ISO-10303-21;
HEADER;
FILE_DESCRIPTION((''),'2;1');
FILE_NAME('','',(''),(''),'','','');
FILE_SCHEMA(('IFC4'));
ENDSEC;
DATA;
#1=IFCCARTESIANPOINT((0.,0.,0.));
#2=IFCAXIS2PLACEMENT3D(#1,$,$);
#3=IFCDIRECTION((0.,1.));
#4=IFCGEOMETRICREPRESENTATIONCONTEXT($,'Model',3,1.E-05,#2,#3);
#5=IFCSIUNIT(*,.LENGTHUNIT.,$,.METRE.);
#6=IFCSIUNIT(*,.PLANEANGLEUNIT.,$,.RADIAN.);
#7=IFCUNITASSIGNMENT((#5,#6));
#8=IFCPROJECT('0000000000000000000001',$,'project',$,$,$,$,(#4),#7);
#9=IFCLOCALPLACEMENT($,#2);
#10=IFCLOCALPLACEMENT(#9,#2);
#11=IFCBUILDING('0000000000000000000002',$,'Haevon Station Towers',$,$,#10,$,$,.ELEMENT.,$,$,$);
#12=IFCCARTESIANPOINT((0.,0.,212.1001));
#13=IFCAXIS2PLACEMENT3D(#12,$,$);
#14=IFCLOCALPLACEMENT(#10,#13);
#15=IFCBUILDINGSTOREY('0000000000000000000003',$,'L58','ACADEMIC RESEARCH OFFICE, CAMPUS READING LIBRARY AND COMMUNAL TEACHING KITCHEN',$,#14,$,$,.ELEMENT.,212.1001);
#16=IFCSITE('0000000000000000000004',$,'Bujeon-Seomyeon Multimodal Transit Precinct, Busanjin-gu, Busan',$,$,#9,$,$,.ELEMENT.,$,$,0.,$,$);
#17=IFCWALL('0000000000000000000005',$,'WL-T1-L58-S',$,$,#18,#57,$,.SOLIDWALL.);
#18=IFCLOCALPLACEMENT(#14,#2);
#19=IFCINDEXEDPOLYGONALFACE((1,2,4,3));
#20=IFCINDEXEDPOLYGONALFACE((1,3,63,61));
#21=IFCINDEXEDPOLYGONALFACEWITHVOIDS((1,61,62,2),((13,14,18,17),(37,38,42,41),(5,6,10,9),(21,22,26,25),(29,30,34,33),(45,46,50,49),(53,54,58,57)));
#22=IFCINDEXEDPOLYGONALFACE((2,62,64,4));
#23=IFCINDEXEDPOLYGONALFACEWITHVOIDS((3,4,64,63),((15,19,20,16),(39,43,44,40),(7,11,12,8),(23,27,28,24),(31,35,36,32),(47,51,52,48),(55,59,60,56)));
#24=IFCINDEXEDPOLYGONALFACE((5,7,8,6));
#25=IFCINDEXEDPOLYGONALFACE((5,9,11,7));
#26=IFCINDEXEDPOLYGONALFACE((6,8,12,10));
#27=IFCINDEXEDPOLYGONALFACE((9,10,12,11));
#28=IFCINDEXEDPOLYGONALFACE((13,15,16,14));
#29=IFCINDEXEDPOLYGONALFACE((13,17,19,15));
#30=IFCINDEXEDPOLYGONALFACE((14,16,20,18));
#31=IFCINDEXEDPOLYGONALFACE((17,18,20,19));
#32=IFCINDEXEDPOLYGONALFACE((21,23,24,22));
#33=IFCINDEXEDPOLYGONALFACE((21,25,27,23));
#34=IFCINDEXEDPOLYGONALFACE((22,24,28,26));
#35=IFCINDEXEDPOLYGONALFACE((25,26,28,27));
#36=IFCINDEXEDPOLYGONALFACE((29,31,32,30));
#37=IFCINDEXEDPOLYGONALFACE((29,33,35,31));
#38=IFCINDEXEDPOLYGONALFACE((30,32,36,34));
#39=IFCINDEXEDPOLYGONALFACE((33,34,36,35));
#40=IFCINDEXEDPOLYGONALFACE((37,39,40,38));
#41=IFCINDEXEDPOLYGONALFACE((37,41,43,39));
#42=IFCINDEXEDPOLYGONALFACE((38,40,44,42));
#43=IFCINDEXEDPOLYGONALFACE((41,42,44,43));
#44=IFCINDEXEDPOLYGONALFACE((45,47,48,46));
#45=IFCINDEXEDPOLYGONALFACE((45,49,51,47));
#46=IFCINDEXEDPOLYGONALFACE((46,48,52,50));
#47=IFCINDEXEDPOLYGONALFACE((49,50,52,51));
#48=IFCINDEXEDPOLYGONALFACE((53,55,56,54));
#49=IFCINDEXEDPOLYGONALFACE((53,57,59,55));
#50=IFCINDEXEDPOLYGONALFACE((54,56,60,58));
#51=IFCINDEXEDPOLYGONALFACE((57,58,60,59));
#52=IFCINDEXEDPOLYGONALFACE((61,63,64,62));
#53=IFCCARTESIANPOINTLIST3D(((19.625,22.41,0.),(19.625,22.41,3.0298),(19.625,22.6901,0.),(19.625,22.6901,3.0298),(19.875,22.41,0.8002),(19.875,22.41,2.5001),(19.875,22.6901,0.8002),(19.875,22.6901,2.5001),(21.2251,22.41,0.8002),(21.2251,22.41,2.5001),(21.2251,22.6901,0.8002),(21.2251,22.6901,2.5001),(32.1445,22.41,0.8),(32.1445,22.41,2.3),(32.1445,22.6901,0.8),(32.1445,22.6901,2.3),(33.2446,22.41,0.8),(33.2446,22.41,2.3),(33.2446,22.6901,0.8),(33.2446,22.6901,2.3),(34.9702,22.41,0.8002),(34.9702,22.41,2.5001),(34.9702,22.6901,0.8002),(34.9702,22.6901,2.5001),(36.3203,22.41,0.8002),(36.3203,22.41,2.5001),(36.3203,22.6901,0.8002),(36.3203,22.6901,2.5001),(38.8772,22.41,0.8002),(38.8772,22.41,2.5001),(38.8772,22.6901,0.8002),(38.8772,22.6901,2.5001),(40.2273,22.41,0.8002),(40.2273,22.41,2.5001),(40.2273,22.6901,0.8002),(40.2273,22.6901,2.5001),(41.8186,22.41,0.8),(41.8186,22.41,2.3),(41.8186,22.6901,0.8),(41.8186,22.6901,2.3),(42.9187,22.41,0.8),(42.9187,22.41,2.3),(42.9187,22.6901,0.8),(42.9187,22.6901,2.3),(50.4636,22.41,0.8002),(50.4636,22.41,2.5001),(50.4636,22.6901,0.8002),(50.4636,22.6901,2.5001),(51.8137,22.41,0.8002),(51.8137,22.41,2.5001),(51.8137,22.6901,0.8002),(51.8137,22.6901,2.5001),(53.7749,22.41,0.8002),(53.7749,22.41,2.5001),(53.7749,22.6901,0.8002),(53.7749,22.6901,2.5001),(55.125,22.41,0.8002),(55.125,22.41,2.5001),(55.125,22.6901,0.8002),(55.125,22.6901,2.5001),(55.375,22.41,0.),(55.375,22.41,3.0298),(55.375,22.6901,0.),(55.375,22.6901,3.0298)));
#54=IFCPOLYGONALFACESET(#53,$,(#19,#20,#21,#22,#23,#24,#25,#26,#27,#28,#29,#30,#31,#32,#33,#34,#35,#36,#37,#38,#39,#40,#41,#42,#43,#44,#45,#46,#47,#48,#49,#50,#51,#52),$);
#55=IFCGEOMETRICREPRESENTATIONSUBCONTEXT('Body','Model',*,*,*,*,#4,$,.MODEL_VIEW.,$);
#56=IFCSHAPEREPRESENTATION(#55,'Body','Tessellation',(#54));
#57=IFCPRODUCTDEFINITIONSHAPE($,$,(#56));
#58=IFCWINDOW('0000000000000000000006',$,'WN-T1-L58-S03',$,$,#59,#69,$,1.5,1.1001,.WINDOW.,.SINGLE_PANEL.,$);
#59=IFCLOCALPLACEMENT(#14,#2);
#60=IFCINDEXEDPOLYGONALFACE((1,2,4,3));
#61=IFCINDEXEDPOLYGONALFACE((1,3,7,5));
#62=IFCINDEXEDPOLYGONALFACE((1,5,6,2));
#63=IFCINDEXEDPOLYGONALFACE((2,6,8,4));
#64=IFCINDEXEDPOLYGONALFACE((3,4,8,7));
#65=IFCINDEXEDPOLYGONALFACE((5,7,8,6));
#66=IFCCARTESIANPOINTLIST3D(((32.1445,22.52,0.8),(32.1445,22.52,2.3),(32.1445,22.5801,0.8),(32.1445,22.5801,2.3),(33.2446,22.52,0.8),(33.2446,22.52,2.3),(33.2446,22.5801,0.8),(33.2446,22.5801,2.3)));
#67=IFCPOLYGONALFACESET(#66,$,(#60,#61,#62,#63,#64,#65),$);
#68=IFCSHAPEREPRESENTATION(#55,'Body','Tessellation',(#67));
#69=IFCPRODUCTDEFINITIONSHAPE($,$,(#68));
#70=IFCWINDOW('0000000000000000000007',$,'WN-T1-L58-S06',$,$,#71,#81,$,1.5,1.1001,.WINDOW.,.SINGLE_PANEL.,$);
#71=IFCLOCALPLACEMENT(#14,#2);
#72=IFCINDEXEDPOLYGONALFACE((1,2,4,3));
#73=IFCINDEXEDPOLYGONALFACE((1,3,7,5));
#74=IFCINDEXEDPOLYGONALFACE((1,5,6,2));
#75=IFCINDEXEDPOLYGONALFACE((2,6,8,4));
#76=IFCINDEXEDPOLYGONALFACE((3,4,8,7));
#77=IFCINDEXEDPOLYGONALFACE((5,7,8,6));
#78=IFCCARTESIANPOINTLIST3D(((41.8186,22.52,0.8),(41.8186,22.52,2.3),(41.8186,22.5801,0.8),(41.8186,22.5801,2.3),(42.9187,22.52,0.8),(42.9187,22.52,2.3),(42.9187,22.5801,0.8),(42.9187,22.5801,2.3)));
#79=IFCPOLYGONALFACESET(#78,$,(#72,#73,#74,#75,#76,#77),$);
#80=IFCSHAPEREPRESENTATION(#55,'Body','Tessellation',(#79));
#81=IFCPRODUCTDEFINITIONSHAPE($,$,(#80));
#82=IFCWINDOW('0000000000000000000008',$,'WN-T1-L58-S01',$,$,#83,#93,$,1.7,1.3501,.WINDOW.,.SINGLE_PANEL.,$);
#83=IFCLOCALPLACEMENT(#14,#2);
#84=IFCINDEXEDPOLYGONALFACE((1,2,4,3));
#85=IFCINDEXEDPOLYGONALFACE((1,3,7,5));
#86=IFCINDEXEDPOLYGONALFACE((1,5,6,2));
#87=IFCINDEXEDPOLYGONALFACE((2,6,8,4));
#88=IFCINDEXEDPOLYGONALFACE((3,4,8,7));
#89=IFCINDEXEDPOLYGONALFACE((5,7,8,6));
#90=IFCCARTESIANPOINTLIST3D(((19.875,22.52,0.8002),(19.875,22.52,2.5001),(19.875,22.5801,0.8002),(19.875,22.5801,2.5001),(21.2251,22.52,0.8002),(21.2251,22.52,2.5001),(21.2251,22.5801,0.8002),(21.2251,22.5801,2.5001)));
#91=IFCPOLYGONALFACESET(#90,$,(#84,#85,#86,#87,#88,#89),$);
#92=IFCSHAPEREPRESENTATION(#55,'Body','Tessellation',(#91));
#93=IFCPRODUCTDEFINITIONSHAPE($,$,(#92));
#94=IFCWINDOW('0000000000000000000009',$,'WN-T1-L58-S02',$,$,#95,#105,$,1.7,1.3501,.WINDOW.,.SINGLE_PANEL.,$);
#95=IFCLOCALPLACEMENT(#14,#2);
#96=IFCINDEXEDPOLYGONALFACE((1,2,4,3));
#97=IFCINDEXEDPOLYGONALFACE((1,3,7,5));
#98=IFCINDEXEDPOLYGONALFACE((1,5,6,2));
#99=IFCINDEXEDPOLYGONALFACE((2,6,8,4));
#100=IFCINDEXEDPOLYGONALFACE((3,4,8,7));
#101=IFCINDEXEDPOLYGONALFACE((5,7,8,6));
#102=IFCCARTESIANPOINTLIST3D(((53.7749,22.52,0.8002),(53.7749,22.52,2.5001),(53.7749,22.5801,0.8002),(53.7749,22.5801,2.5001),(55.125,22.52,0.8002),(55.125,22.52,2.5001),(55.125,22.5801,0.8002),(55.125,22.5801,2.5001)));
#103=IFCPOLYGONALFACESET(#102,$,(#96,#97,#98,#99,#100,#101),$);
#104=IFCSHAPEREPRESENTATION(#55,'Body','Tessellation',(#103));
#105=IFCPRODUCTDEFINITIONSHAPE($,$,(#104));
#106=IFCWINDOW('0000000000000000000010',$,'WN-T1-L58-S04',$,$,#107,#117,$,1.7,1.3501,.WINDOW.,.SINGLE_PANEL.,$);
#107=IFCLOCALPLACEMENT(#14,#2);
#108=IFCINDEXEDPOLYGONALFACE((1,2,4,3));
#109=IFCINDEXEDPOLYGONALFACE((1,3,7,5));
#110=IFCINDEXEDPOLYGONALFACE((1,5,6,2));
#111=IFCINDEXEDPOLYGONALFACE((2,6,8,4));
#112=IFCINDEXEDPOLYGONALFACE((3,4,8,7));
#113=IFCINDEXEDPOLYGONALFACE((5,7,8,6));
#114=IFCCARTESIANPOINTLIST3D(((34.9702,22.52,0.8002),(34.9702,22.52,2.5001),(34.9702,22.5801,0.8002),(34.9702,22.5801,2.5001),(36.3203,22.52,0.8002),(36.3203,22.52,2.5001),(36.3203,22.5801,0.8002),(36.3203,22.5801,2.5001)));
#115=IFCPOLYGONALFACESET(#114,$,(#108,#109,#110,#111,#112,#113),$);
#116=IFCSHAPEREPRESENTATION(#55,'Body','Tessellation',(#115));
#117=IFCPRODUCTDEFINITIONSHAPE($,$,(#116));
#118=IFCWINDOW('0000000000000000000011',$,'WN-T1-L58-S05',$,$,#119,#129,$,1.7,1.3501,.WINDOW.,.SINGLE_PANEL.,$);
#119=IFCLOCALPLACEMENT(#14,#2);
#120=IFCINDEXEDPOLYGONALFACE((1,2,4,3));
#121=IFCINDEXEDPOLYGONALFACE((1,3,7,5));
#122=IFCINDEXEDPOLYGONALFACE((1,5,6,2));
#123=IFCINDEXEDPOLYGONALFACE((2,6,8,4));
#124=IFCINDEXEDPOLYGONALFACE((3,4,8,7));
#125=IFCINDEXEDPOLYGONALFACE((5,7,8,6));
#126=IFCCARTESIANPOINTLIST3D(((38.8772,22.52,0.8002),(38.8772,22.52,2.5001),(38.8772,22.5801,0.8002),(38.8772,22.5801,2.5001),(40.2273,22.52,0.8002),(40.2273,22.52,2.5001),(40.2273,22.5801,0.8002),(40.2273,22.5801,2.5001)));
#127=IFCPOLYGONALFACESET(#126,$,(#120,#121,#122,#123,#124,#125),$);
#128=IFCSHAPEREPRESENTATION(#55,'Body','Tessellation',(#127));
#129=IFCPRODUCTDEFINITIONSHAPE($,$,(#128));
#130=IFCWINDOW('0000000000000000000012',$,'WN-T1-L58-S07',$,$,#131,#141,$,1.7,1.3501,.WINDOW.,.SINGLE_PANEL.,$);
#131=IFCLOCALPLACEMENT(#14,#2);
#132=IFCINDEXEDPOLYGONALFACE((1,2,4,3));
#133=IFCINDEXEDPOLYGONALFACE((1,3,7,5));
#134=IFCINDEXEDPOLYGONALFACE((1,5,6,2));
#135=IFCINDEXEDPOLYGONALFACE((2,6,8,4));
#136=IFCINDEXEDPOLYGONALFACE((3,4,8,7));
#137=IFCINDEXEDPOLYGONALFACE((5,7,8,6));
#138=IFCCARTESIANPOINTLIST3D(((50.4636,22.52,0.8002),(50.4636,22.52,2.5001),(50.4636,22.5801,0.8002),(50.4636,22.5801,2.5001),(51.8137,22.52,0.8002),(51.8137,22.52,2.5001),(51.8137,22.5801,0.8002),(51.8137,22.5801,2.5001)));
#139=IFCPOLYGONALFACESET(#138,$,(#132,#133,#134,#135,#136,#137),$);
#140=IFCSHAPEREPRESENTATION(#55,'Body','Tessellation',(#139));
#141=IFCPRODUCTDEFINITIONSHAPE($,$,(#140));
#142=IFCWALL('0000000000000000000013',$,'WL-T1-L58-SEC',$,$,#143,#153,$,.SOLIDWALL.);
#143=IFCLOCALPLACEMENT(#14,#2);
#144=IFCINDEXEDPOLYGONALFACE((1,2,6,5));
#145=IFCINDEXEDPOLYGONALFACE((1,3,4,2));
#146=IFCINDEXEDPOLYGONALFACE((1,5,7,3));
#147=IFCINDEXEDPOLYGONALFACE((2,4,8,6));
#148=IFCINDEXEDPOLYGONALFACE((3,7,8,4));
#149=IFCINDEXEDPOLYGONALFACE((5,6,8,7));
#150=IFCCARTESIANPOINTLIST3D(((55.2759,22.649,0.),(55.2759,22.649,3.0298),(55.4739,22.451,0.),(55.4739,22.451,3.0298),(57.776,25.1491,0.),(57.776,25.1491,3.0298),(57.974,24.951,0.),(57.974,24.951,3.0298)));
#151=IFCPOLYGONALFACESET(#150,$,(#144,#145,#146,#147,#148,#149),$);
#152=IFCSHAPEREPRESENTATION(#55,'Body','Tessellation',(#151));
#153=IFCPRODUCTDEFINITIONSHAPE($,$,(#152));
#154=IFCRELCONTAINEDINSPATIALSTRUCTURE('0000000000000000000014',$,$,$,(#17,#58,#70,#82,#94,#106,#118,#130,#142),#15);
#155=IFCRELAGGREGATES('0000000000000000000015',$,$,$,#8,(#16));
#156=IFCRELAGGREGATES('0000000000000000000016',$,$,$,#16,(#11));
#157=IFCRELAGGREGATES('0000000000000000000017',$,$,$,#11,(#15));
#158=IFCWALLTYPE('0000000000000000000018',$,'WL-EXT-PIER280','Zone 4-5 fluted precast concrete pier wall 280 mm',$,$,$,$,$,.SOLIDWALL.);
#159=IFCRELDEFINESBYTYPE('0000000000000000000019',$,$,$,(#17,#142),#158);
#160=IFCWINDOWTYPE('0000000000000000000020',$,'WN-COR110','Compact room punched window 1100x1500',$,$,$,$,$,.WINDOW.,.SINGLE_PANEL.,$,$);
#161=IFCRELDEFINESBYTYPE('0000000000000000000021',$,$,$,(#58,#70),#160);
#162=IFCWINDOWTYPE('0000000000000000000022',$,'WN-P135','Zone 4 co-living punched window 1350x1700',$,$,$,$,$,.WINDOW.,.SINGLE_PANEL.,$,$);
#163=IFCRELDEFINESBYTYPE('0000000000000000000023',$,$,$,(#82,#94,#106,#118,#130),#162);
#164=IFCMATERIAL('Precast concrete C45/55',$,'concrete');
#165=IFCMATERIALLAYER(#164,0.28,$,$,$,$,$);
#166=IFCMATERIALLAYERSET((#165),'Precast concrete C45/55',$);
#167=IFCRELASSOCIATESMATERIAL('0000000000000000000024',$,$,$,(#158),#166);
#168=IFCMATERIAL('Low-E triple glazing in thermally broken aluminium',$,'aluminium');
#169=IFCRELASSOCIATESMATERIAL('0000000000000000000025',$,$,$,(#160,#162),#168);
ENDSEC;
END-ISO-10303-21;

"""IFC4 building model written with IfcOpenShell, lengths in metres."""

from ifc_helpers import new_model, si_unit, direction, frame, frame_2d, origin, place, context, subcontext, project, spatial, rectangle, extrude, material, layer, layer_set, type_object, element, fill, save


model = new_model("IFC4")

# Units and contexts
model_context = context("Model", 3, precision=1e-05, world=origin(), true_north=direction((0.0, 1.0)))
body_context = subcontext(model_context, "Body", "Model", "MODEL_VIEW")
ifc_project = project(units=[si_unit("LENGTHUNIT", "METRE"), si_unit("PLANEANGLEUNIT", "RADIAN")], contexts=[model_context])

# Site, building, storey
site_placement = place(None, origin())
site = spatial("IfcSite", under=ifc_project, at=site_placement, Name="Bujeon-Seomyeon Multimodal Transit Precinct, Busanjin-gu, Busan", CompositionType="ELEMENT", RefElevation=0.0)
building_placement = place(site_placement, origin())
building = spatial("IfcBuilding", under=site, at=building_placement, Name="Haevon Station Towers", CompositionType="ELEMENT")
storey_placement = place(building_placement, frame((0.0, 0.0, 212.1001)))
storey = spatial("IfcBuildingStorey", under=building, at=storey_placement, Name="L58", Description="ACADEMIC RESEARCH OFFICE, CAMPUS READING LIBRARY AND COMMUNAL TEACHING KITCHEN", CompositionType="ELEMENT", Elevation=212.1001)

# Wall, openings, windows
ifc_material_1 = material(Name="Precast concrete C45/55", Category="concrete")
ifc_layer_1 = layer(ifc_material_1, 0.28)
ifc_layer_set_1 = layer_set([ifc_layer_1], Name="Precast concrete C45/55")
wall_type_1 = type_object("IfcWallType", Name="WL-EXT-PIER280", Description="Zone 4-5 fluted precast concrete pier wall 280 mm", PredefinedType="SOLIDWALL", material=ifc_layer_set_1)
wall_1_placement = place(storey_placement, frame((55.375, 22.55, 0.0), z_axis=(0.0, 0.0, 1.0), x_axis=(-1.0, 0.0, 0.0)))
wall_1 = element("IfcWall", 1, at=wall_1_placement, inside=storey, type_object=wall_type_1, Name="WL-T1-L58-S", PredefinedType="SOLIDWALL", context=body_context, shape_type="SweptSolid", body=[
    extrude(rectangle(XDim=35.75, YDim=0.28, at=frame_2d((17.875, 0.0))), origin(), (0.0, 0.0, 1.0), 3.0298),
])
opening_1_placement = place(wall_1_placement, frame((34.1499, 0.0, 0.8)))
opening_1 = element("IfcOpeningElement", 2, at=opening_1_placement, cuts=wall_1, PredefinedType="OPENING", context=body_context, shape_type="SweptSolid", body=[
    extrude(rectangle(XDim=1.3501, YDim=1.7, at=frame_2d((0.675, 0.8501))), frame((0.0, 0.1499, 0.0), z_axis=(0.0, -1.0, 0.0), x_axis=(1.0, 0.0, 0.0)), (0.0, 0.0, 1.0), 0.3),
])
opening_2_placement = place(wall_1_placement, frame((0.25, 0.0, 0.8)))
opening_2 = element("IfcOpeningElement", 3, at=opening_2_placement, cuts=wall_1, PredefinedType="OPENING", context=body_context, shape_type="SweptSolid", body=[
    extrude(rectangle(XDim=1.3501, YDim=1.7, at=frame_2d((0.675, 0.8501))), frame((0.0, 0.1499, 0.0), z_axis=(0.0, -1.0, 0.0), x_axis=(1.0, 0.0, 0.0)), (0.0, 0.0, 1.0), 0.3),
])
opening_3_placement = place(wall_1_placement, frame((22.1304, 0.0, 0.8)))
opening_3 = element("IfcOpeningElement", 4, at=opening_3_placement, cuts=wall_1, PredefinedType="OPENING", context=body_context, shape_type="SweptSolid", body=[
    extrude(rectangle(XDim=1.1001, YDim=1.5, at=frame_2d((0.55, 0.75))), frame((0.0, 0.1499, 0.0), z_axis=(0.0, -1.0, 0.0), x_axis=(1.0, 0.0, 0.0)), (0.0, 0.0, 1.0), 0.3),
])
opening_4_placement = place(wall_1_placement, frame((19.0547, 0.0, 0.8)))
opening_4 = element("IfcOpeningElement", 5, at=opening_4_placement, cuts=wall_1, PredefinedType="OPENING", context=body_context, shape_type="SweptSolid", body=[
    extrude(rectangle(XDim=1.3501, YDim=1.7, at=frame_2d((0.675, 0.8501))), frame((0.0, 0.1499, 0.0), z_axis=(0.0, -1.0, 0.0), x_axis=(1.0, 0.0, 0.0)), (0.0, 0.0, 1.0), 0.3),
])
opening_5_placement = place(wall_1_placement, frame((15.1477, 0.0, 0.8)))
opening_5 = element("IfcOpeningElement", 6, at=opening_5_placement, cuts=wall_1, PredefinedType="OPENING", context=body_context, shape_type="SweptSolid", body=[
    extrude(rectangle(XDim=1.3501, YDim=1.7, at=frame_2d((0.675, 0.8501))), frame((0.0, 0.1499, 0.0), z_axis=(0.0, -1.0, 0.0), x_axis=(1.0, 0.0, 0.0)), (0.0, 0.0, 1.0), 0.3),
])
opening_6_placement = place(wall_1_placement, frame((12.4563, 0.0, 0.8)))
opening_6 = element("IfcOpeningElement", 7, at=opening_6_placement, cuts=wall_1, PredefinedType="OPENING", context=body_context, shape_type="SweptSolid", body=[
    extrude(rectangle(XDim=1.1001, YDim=1.5, at=frame_2d((0.55, 0.75))), frame((0.0, 0.1499, 0.0), z_axis=(0.0, -1.0, 0.0), x_axis=(1.0, 0.0, 0.0)), (0.0, 0.0, 1.0), 0.3),
])
opening_7_placement = place(wall_1_placement, frame((3.5613, 0.0, 0.8)))
opening_7 = element("IfcOpeningElement", 8, at=opening_7_placement, cuts=wall_1, PredefinedType="OPENING", context=body_context, shape_type="SweptSolid", body=[
    extrude(rectangle(XDim=1.3501, YDim=1.7, at=frame_2d((0.675, 0.8501))), frame((0.0, 0.1499, 0.0), z_axis=(0.0, -1.0, 0.0), x_axis=(1.0, 0.0, 0.0)), (0.0, 0.0, 1.0), 0.3),
])
ifc_material_2 = material(Name="Low-E triple glazing in thermally broken aluminium", Category="aluminium")
window_type_1 = type_object("IfcWindowType", Name="WN-COR110", Description="Compact room punched window 1100x1500", PartitioningType="SINGLE_PANEL", PredefinedType="WINDOW", material=ifc_material_2)
window_1_placement = place(opening_3_placement, origin())
window_1 = element("IfcWindow", 9, at=window_1_placement, inside=storey, type_object=window_type_1, Name="WN-T1-L58-S03", OverallHeight=1.5, OverallWidth=1.1001, PartitioningType="SINGLE_PANEL", PredefinedType="WINDOW", context=body_context, shape_type="SweptSolid", body=[
    extrude(rectangle(XDim=1.1001, YDim=1.5, at=frame_2d((0.55, 0.75))), frame((0.0, 0.03, 0.0), z_axis=(0.0, -1.0, 0.0), x_axis=(1.0, 0.0, 0.0)), (0.0, 0.0, 1.0), 0.0601),
])
fill(opening_3, window_1)
window_2_placement = place(opening_6_placement, origin())
window_2 = element("IfcWindow", 10, at=window_2_placement, inside=storey, type_object=window_type_1, Name="WN-T1-L58-S06", OverallHeight=1.5, OverallWidth=1.1001, PartitioningType="SINGLE_PANEL", PredefinedType="WINDOW", context=body_context, shape_type="SweptSolid", body=[
    extrude(rectangle(XDim=1.1001, YDim=1.5, at=frame_2d((0.55, 0.75))), frame((0.0, 0.03, 0.0), z_axis=(0.0, -1.0, 0.0), x_axis=(1.0, 0.0, 0.0)), (0.0, 0.0, 1.0), 0.0601),
])
fill(opening_6, window_2)
window_type_2 = type_object("IfcWindowType", Name="WN-P135", Description="Zone 4 co-living punched window 1350x1700", PartitioningType="SINGLE_PANEL", PredefinedType="WINDOW", material=ifc_material_2)
window_3_placement = place(opening_1_placement, origin())
window_3 = element("IfcWindow", 11, at=window_3_placement, inside=storey, type_object=window_type_2, Name="WN-T1-L58-S01", OverallHeight=1.7, OverallWidth=1.3501, PartitioningType="SINGLE_PANEL", PredefinedType="WINDOW", context=body_context, shape_type="SweptSolid", body=[
    extrude(rectangle(XDim=1.3501, YDim=1.7, at=frame_2d((0.675, 0.8501))), frame((0.0, 0.03, 0.0), z_axis=(0.0, -1.0, 0.0), x_axis=(1.0, 0.0, 0.0)), (0.0, 0.0, 1.0), 0.0601),
])
fill(opening_1, window_3)
window_4_placement = place(opening_2_placement, origin())
window_4 = element("IfcWindow", 12, at=window_4_placement, inside=storey, type_object=window_type_2, Name="WN-T1-L58-S02", OverallHeight=1.7, OverallWidth=1.3501, PartitioningType="SINGLE_PANEL", PredefinedType="WINDOW", context=body_context, shape_type="SweptSolid", body=[
    extrude(rectangle(XDim=1.3501, YDim=1.7, at=frame_2d((0.675, 0.8501))), frame((0.0, 0.03, 0.0), z_axis=(0.0, -1.0, 0.0), x_axis=(1.0, 0.0, 0.0)), (0.0, 0.0, 1.0), 0.0601),
])
fill(opening_2, window_4)
window_5_placement = place(opening_4_placement, origin())
window_5 = element("IfcWindow", 13, at=window_5_placement, inside=storey, type_object=window_type_2, Name="WN-T1-L58-S04", OverallHeight=1.7, OverallWidth=1.3501, PartitioningType="SINGLE_PANEL", PredefinedType="WINDOW", context=body_context, shape_type="SweptSolid", body=[
    extrude(rectangle(XDim=1.3501, YDim=1.7, at=frame_2d((0.675, 0.8501))), frame((0.0, 0.03, 0.0), z_axis=(0.0, -1.0, 0.0), x_axis=(1.0, 0.0, 0.0)), (0.0, 0.0, 1.0), 0.0601),
])
fill(opening_4, window_5)
window_6_placement = place(opening_5_placement, origin())
window_6 = element("IfcWindow", 14, at=window_6_placement, inside=storey, type_object=window_type_2, Name="WN-T1-L58-S05", OverallHeight=1.7, OverallWidth=1.3501, PartitioningType="SINGLE_PANEL", PredefinedType="WINDOW", context=body_context, shape_type="SweptSolid", body=[
    extrude(rectangle(XDim=1.3501, YDim=1.7, at=frame_2d((0.675, 0.8501))), frame((0.0, 0.03, 0.0), z_axis=(0.0, -1.0, 0.0), x_axis=(1.0, 0.0, 0.0)), (0.0, 0.0, 1.0), 0.0601),
])
fill(opening_5, window_6)
window_7_placement = place(opening_7_placement, origin())
window_7 = element("IfcWindow", 15, at=window_7_placement, inside=storey, type_object=window_type_2, Name="WN-T1-L58-S07", OverallHeight=1.7, OverallWidth=1.3501, PartitioningType="SINGLE_PANEL", PredefinedType="WINDOW", context=body_context, shape_type="SweptSolid", body=[
    extrude(rectangle(XDim=1.3501, YDim=1.7, at=frame_2d((0.675, 0.8501))), frame((0.0, 0.03, 0.0), z_axis=(0.0, -1.0, 0.0), x_axis=(1.0, 0.0, 0.0)), (0.0, 0.0, 1.0), 0.0601),
])
fill(opening_7, window_7)

# Wall
wall_2_placement = place(storey_placement, frame((57.875, 25.05, 0.0), z_axis=(0.0, 0.0, 1.0), x_axis=(-0.707107, -0.707107, 0.0)))
element("IfcWall", 16, at=wall_2_placement, inside=storey, type_object=wall_type_1, Name="WL-T1-L58-SEC", PredefinedType="SOLIDWALL", context=body_context, shape_type="SweptSolid", body=[
    extrude(rectangle(XDim=3.5356, YDim=0.28, at=frame_2d((1.7678, 0.0))), origin(), (0.0, 0.0, 1.0), 3.0298),
])

save(model, "model.ifc")
